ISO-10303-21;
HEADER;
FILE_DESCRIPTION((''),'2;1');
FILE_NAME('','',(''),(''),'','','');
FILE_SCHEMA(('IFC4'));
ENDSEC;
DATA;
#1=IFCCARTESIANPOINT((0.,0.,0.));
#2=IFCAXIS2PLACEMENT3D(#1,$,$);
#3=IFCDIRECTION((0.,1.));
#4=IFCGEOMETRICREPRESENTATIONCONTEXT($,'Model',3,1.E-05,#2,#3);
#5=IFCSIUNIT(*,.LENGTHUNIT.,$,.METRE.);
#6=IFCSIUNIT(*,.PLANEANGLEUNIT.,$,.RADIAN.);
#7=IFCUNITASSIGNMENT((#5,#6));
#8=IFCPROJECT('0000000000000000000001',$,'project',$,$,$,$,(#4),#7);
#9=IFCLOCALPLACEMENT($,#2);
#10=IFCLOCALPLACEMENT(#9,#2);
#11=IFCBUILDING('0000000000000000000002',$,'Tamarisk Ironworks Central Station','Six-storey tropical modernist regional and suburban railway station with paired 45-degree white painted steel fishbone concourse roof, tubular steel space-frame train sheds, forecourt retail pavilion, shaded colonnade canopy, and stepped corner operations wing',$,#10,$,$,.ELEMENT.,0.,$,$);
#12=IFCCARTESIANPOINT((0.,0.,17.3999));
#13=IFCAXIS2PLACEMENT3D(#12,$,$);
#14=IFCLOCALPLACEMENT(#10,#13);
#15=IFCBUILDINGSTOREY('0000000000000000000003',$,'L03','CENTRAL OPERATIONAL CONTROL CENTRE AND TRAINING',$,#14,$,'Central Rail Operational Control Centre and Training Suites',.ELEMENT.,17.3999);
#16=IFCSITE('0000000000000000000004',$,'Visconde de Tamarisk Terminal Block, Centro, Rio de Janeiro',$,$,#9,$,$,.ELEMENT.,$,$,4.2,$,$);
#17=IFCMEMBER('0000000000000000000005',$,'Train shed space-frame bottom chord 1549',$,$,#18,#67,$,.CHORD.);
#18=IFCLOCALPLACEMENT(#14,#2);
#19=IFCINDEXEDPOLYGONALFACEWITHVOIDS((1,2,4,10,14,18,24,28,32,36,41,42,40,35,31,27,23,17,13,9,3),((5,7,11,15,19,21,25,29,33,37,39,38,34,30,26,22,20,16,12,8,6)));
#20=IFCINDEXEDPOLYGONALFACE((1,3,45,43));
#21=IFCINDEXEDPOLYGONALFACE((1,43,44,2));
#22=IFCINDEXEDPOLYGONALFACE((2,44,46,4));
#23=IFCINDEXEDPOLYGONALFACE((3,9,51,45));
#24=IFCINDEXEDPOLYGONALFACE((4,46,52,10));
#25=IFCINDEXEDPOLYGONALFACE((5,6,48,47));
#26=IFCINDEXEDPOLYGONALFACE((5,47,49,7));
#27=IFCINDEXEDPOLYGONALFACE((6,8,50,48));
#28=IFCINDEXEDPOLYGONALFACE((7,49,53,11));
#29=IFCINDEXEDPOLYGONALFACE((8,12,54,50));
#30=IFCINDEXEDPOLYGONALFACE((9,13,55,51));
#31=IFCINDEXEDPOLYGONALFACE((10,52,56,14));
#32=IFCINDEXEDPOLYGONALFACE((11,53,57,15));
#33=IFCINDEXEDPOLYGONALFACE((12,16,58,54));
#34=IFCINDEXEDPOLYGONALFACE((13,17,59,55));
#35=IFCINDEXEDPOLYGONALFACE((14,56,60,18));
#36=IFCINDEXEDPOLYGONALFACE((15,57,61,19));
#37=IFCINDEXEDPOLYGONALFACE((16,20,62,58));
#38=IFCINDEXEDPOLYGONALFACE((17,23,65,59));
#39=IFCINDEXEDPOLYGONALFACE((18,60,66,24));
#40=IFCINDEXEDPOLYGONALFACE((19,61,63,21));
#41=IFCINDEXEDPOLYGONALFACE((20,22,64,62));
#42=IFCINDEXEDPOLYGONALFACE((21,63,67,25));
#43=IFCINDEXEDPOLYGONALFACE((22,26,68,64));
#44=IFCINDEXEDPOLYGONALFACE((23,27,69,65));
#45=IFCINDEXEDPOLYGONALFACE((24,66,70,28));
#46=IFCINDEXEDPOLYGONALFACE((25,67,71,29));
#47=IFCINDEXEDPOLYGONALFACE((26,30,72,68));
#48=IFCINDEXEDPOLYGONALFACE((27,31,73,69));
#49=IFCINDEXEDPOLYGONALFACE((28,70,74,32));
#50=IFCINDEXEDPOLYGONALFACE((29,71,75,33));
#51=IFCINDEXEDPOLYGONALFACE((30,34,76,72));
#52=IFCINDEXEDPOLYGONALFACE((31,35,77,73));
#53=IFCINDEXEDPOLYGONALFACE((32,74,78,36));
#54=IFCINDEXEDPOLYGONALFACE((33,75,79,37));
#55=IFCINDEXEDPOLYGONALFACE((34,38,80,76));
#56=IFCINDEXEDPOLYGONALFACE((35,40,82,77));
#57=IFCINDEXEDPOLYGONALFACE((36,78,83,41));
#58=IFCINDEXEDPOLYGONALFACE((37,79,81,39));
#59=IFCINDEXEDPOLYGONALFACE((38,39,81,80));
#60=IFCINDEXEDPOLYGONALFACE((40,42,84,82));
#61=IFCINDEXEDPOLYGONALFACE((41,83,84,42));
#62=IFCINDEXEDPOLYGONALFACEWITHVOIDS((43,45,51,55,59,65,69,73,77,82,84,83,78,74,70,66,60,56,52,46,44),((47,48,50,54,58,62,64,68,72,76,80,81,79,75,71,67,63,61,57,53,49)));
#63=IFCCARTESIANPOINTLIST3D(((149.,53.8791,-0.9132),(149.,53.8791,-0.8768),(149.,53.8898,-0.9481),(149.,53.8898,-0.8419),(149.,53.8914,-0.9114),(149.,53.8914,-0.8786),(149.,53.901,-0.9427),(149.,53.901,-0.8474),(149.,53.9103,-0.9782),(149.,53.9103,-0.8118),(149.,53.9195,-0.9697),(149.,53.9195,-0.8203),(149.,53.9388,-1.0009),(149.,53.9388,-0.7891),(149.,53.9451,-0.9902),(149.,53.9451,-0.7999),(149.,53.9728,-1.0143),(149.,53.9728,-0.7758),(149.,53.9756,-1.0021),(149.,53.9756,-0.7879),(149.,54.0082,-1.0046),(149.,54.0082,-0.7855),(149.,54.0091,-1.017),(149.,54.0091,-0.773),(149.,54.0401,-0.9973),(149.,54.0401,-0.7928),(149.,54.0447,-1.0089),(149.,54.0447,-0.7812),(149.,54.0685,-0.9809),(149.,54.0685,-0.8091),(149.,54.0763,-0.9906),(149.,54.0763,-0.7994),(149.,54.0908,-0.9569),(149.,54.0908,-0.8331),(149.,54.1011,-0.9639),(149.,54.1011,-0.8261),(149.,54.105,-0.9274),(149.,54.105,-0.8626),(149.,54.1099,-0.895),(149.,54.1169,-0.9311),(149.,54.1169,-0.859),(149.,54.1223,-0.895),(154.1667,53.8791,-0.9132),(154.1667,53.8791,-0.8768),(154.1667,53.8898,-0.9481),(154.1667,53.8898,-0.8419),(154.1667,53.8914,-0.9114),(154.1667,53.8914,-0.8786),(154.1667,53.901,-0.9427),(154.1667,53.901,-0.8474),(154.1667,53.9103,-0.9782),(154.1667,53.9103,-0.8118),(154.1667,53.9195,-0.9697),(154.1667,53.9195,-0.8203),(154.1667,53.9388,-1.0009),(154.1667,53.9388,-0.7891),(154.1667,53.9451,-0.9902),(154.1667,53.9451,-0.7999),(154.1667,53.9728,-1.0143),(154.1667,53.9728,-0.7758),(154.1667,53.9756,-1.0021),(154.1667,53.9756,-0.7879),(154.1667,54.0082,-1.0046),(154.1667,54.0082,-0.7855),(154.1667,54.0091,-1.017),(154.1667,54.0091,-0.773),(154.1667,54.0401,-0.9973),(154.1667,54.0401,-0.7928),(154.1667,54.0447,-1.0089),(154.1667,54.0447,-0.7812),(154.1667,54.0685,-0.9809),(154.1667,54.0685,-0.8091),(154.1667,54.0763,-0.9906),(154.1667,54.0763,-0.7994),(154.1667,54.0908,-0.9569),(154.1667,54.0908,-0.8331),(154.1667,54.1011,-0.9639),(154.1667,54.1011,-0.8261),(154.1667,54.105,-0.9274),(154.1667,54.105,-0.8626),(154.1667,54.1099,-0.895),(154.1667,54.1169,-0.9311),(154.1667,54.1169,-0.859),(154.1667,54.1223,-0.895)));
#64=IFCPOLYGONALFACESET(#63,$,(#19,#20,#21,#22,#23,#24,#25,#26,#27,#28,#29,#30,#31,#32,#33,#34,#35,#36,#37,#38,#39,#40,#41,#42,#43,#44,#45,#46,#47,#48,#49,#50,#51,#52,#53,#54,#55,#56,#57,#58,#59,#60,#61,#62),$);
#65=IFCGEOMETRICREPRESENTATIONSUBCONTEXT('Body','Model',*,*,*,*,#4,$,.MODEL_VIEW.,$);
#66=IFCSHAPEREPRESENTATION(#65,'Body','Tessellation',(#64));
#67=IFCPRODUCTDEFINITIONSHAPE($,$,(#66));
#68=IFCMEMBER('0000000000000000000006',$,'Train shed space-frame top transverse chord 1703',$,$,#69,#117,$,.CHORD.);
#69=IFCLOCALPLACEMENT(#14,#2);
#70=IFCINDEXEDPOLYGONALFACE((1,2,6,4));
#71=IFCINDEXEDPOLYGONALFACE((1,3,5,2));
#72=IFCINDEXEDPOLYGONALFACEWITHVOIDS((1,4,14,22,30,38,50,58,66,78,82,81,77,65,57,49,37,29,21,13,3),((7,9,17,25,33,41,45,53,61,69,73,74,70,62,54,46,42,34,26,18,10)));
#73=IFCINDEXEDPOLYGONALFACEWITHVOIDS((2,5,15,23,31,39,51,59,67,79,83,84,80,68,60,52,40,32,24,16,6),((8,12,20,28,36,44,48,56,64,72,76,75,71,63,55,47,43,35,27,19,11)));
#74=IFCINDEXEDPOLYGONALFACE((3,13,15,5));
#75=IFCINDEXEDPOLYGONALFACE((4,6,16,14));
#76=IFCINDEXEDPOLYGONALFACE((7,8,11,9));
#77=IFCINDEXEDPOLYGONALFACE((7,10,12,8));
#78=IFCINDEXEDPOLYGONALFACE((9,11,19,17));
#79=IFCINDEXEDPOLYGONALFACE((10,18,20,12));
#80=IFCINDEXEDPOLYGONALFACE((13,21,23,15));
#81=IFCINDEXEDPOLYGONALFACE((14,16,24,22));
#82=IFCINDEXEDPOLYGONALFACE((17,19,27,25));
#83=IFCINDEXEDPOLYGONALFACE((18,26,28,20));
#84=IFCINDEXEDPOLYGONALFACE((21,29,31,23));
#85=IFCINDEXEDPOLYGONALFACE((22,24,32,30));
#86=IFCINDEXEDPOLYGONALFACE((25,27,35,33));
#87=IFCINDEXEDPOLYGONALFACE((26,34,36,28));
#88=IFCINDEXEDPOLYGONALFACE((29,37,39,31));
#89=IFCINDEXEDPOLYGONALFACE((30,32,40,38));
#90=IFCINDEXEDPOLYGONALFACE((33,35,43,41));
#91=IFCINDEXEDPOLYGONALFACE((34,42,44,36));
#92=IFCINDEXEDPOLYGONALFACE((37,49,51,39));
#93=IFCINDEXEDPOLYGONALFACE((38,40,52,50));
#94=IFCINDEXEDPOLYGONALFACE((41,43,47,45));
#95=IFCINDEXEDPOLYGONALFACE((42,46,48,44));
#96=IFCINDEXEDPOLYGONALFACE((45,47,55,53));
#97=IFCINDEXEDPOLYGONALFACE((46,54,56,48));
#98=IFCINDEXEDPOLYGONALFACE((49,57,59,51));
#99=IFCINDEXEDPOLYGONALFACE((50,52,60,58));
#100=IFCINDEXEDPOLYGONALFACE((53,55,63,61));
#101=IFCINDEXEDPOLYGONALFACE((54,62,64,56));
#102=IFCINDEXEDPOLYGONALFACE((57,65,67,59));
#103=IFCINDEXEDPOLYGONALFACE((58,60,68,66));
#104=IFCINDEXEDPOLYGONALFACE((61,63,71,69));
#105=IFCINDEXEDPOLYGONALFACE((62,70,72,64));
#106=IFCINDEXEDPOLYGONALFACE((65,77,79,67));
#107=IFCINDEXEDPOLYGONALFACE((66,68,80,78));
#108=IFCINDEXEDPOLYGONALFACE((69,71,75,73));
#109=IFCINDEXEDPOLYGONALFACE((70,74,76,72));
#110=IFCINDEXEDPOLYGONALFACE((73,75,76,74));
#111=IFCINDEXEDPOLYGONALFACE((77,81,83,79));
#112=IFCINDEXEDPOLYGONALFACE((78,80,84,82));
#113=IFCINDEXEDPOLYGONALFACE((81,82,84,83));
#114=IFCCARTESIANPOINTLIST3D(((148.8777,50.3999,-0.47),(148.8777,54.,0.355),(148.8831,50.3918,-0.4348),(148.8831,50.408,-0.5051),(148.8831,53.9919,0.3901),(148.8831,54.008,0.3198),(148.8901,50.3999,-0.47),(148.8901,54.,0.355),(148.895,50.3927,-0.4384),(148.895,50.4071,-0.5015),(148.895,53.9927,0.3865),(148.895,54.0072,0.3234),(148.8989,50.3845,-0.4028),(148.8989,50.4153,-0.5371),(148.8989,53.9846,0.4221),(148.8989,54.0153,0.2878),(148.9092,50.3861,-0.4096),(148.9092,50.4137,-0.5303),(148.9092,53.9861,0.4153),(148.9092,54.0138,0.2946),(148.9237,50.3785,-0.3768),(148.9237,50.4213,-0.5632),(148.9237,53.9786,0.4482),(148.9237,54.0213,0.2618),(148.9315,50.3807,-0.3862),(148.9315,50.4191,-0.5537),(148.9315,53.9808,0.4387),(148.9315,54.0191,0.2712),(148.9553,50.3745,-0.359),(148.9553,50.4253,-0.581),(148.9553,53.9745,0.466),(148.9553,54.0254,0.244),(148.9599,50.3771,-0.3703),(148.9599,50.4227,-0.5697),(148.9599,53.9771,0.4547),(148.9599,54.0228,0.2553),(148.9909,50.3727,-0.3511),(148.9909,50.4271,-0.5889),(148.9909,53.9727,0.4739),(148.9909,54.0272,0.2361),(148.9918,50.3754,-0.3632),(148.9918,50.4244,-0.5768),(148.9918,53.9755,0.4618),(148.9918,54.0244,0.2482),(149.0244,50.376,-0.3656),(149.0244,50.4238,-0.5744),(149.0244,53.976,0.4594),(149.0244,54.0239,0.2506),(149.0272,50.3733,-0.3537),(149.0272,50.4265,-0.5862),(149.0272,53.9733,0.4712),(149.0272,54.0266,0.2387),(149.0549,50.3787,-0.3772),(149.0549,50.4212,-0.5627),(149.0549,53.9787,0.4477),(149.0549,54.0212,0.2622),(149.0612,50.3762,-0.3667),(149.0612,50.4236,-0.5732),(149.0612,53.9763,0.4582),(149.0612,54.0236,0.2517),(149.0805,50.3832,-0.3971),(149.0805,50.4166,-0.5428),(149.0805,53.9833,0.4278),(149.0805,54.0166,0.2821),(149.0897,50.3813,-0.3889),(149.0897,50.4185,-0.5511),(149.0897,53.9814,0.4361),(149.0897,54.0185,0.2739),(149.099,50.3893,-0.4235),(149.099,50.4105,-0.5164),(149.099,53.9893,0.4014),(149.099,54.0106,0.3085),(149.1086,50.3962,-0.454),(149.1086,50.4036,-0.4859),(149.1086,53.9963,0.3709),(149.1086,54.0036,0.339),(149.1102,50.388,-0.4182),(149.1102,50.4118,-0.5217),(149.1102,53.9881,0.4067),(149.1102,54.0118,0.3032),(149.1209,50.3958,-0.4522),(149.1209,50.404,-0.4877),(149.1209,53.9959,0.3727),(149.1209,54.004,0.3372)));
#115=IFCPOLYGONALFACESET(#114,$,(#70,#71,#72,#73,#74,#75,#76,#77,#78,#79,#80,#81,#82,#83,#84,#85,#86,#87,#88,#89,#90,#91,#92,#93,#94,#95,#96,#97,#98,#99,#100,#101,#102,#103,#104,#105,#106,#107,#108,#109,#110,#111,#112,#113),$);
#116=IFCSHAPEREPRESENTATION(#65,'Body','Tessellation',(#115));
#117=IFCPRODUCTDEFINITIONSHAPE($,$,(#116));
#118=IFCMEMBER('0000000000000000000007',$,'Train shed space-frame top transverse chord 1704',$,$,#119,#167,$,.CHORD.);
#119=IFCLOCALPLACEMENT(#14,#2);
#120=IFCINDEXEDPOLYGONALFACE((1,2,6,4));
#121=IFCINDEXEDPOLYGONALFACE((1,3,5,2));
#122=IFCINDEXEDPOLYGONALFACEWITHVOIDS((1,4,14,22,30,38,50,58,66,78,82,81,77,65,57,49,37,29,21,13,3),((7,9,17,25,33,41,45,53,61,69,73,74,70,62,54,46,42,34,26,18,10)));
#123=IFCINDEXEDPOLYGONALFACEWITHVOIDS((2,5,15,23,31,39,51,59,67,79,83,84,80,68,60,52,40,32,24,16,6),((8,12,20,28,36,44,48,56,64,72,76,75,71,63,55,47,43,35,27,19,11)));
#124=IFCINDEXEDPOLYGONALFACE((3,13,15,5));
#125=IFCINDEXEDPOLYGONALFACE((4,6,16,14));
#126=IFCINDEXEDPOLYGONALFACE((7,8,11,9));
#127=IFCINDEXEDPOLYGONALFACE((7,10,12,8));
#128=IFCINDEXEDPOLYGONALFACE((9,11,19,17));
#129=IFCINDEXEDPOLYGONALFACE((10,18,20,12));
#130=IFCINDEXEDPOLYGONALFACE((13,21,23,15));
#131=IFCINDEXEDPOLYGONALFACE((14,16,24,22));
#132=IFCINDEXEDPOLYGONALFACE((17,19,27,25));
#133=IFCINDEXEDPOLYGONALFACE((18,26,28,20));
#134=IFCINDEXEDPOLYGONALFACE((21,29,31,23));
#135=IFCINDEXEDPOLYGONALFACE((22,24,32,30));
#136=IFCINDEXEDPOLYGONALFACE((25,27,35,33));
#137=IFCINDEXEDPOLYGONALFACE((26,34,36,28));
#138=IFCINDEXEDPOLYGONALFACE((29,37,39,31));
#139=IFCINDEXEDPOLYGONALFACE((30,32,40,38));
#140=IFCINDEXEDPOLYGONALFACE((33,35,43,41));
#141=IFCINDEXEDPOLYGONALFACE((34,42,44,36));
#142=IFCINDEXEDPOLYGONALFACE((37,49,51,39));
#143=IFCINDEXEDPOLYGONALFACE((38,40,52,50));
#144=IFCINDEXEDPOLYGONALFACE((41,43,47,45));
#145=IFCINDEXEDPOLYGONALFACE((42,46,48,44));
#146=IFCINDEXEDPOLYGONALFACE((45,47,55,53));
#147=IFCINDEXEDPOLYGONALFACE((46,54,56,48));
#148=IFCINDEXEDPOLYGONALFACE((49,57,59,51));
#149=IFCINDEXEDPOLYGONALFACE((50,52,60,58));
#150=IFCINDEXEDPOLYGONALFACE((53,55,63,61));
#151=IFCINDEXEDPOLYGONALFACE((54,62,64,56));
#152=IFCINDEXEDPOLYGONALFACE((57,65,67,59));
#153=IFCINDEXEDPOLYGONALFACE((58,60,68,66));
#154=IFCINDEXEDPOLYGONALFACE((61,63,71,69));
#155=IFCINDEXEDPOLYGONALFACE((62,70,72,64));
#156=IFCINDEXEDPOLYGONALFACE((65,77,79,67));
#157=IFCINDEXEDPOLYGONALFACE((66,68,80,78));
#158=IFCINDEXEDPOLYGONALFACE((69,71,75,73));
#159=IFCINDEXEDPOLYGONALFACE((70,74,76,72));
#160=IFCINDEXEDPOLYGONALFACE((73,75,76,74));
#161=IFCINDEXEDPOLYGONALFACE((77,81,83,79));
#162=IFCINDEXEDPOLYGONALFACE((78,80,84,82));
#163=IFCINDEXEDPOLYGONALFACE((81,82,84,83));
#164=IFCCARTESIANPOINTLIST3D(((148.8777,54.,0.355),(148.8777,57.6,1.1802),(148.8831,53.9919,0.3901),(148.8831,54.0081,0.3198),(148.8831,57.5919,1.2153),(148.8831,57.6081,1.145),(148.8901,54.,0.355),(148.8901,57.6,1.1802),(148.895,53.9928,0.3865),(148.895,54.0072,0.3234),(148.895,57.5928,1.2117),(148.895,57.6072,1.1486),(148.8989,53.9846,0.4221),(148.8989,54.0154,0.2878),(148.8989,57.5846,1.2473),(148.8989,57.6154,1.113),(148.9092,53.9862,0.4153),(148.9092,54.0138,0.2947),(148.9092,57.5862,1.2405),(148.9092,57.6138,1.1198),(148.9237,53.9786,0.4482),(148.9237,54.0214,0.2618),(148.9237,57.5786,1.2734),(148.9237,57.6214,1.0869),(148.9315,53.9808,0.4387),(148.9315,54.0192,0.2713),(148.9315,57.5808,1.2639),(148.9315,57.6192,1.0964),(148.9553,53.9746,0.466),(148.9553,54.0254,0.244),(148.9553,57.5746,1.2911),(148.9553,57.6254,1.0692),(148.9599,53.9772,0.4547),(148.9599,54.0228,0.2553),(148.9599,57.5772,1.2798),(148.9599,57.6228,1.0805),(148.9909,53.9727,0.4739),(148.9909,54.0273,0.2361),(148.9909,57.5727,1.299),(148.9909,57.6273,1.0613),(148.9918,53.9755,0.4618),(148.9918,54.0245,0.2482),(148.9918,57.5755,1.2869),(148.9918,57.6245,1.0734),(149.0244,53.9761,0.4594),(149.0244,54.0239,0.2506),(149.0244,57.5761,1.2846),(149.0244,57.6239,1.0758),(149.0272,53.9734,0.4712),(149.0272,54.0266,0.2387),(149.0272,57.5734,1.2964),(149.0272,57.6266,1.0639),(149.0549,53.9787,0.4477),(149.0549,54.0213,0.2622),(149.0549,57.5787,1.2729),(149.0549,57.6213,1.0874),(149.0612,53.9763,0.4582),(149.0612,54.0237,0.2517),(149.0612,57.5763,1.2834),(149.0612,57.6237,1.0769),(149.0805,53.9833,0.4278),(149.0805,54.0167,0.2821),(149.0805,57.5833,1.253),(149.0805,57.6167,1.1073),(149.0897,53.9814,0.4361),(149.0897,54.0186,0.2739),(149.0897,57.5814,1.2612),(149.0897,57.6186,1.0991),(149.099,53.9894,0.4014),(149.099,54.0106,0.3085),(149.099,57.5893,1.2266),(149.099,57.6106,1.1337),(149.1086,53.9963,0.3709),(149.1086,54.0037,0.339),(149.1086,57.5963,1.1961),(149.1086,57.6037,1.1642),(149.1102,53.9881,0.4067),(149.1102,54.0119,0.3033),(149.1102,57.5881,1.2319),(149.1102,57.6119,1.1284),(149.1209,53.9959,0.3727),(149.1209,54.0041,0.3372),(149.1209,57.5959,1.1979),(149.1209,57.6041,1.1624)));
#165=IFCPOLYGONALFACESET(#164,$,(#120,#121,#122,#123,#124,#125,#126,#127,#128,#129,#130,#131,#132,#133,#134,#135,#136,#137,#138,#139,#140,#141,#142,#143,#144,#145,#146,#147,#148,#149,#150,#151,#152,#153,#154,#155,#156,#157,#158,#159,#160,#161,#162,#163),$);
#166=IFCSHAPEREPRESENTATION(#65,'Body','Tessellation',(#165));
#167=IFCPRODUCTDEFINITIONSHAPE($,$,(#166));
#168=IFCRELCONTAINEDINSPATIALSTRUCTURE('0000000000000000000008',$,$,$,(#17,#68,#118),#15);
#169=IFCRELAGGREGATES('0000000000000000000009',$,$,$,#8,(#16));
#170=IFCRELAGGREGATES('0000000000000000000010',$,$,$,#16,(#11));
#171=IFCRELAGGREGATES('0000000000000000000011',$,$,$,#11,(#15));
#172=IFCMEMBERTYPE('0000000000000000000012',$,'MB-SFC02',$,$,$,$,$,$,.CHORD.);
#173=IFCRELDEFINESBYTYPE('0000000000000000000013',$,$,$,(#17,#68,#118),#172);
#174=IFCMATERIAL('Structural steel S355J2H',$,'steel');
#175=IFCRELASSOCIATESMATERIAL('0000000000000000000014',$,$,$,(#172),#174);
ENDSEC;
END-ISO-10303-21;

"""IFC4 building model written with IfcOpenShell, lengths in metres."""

from ifc_helpers import new_model, si_unit, direction, frame, origin, origin_2d, place, context, subcontext, project, spatial, hollow_circle, extrude, material, material_profile, profile_set, type_object, element, save


model = new_model("IFC4")

# Units and contexts
model_context = context("Model", 3, precision=1e-05, world=origin(), true_north=direction((0.0, 1.0)))
body_context = subcontext(model_context, "Body", "Model", "MODEL_VIEW")
ifc_project = project(units=[si_unit("LENGTHUNIT", "METRE"), si_unit("PLANEANGLEUNIT", "RADIAN")], contexts=[model_context])

# Site, building, storey
site_placement = place(None, origin())
site = spatial("IfcSite", under=ifc_project, at=site_placement, Name="Visconde de Tamarisk Terminal Block, Centro, Rio de Janeiro", CompositionType="ELEMENT", RefElevation=4.2)
building_placement = place(site_placement, origin())
building = spatial("IfcBuilding", under=site, at=building_placement, Name="Tamarisk Ironworks Central Station", Description="Six-storey tropical modernist regional and suburban railway station with paired 45-degree white painted steel fishbone concourse roof, tubular steel space-frame train sheds, forecourt retail pavilion, shaded colonnade canopy, and stepped corner operations wing", CompositionType="ELEMENT", ElevationOfRefHeight=0.0)
storey_placement = place(building_placement, frame((0.0, 0.0, 17.3999)))
storey = spatial("IfcBuildingStorey", under=building, at=storey_placement, Name="L03", Description="CENTRAL OPERATIONAL CONTROL CENTRE AND TRAINING", LongName="Central Rail Operational Control Centre and Training Suites", CompositionType="ELEMENT", Elevation=17.3999)

# Members
ifc_material_1 = material(Name="Structural steel S355J2H", Category="steel")
ifc_material_profile_1 = material_profile(ifc_material_1, hollow_circle(Radius=0.1223, WallThickness=0.0125, at=origin_2d()), Name="CHS 244.5x12.5")
ifc_profile_set_1 = profile_set([ifc_material_profile_1], Name="Structural steel S355J2H")
member_type_1 = type_object("IfcMemberType", Name="MB-SFC02", PredefinedType="CHORD", material=ifc_profile_set_1)
member_1_placement = place(storey_placement, frame((149.0, 54.0, -0.895), z_axis=(1.0, 0.0, 0.0), x_axis=(0.0, 1.0, 0.0)))
element("IfcMember", 1, at=member_1_placement, inside=storey, type_object=member_type_1, Name="Train shed space-frame bottom chord 1549", PredefinedType="CHORD", context=body_context, shape_type="SweptSolid", body=[
    extrude(hollow_circle(Radius=0.1223, WallThickness=0.0125, at=origin_2d()), origin(), (0.0, 0.0, 1.0), 5.1667),
])
for number, where, z_axis, x_axis, name in (
    (2, (149.0, 50.3999, -0.47), (0.0, 0.974737, 0.223358), (-1.0, 0.0, 0.0), "Train shed space-frame top transverse chord 1703"),
    (3, (149.0, 54.0, 0.355), (0.0, 0.974722, 0.223421), (-1.0, 0.0, 0.0), "Train shed space-frame top transverse chord 1704"),
):
    element("IfcMember", number, at=place(storey_placement, frame(where, z_axis=z_axis, x_axis=x_axis)), inside=storey, type_object=member_type_1, Name=name, PredefinedType="CHORD", context=body_context, shape_type="SweptSolid", body=[
        extrude(hollow_circle(Radius=0.1223, WallThickness=0.0125, at=origin_2d()), origin(), (0.0, 0.0, 1.0), 3.6934),
    ])

save(model, "model.ifc")
